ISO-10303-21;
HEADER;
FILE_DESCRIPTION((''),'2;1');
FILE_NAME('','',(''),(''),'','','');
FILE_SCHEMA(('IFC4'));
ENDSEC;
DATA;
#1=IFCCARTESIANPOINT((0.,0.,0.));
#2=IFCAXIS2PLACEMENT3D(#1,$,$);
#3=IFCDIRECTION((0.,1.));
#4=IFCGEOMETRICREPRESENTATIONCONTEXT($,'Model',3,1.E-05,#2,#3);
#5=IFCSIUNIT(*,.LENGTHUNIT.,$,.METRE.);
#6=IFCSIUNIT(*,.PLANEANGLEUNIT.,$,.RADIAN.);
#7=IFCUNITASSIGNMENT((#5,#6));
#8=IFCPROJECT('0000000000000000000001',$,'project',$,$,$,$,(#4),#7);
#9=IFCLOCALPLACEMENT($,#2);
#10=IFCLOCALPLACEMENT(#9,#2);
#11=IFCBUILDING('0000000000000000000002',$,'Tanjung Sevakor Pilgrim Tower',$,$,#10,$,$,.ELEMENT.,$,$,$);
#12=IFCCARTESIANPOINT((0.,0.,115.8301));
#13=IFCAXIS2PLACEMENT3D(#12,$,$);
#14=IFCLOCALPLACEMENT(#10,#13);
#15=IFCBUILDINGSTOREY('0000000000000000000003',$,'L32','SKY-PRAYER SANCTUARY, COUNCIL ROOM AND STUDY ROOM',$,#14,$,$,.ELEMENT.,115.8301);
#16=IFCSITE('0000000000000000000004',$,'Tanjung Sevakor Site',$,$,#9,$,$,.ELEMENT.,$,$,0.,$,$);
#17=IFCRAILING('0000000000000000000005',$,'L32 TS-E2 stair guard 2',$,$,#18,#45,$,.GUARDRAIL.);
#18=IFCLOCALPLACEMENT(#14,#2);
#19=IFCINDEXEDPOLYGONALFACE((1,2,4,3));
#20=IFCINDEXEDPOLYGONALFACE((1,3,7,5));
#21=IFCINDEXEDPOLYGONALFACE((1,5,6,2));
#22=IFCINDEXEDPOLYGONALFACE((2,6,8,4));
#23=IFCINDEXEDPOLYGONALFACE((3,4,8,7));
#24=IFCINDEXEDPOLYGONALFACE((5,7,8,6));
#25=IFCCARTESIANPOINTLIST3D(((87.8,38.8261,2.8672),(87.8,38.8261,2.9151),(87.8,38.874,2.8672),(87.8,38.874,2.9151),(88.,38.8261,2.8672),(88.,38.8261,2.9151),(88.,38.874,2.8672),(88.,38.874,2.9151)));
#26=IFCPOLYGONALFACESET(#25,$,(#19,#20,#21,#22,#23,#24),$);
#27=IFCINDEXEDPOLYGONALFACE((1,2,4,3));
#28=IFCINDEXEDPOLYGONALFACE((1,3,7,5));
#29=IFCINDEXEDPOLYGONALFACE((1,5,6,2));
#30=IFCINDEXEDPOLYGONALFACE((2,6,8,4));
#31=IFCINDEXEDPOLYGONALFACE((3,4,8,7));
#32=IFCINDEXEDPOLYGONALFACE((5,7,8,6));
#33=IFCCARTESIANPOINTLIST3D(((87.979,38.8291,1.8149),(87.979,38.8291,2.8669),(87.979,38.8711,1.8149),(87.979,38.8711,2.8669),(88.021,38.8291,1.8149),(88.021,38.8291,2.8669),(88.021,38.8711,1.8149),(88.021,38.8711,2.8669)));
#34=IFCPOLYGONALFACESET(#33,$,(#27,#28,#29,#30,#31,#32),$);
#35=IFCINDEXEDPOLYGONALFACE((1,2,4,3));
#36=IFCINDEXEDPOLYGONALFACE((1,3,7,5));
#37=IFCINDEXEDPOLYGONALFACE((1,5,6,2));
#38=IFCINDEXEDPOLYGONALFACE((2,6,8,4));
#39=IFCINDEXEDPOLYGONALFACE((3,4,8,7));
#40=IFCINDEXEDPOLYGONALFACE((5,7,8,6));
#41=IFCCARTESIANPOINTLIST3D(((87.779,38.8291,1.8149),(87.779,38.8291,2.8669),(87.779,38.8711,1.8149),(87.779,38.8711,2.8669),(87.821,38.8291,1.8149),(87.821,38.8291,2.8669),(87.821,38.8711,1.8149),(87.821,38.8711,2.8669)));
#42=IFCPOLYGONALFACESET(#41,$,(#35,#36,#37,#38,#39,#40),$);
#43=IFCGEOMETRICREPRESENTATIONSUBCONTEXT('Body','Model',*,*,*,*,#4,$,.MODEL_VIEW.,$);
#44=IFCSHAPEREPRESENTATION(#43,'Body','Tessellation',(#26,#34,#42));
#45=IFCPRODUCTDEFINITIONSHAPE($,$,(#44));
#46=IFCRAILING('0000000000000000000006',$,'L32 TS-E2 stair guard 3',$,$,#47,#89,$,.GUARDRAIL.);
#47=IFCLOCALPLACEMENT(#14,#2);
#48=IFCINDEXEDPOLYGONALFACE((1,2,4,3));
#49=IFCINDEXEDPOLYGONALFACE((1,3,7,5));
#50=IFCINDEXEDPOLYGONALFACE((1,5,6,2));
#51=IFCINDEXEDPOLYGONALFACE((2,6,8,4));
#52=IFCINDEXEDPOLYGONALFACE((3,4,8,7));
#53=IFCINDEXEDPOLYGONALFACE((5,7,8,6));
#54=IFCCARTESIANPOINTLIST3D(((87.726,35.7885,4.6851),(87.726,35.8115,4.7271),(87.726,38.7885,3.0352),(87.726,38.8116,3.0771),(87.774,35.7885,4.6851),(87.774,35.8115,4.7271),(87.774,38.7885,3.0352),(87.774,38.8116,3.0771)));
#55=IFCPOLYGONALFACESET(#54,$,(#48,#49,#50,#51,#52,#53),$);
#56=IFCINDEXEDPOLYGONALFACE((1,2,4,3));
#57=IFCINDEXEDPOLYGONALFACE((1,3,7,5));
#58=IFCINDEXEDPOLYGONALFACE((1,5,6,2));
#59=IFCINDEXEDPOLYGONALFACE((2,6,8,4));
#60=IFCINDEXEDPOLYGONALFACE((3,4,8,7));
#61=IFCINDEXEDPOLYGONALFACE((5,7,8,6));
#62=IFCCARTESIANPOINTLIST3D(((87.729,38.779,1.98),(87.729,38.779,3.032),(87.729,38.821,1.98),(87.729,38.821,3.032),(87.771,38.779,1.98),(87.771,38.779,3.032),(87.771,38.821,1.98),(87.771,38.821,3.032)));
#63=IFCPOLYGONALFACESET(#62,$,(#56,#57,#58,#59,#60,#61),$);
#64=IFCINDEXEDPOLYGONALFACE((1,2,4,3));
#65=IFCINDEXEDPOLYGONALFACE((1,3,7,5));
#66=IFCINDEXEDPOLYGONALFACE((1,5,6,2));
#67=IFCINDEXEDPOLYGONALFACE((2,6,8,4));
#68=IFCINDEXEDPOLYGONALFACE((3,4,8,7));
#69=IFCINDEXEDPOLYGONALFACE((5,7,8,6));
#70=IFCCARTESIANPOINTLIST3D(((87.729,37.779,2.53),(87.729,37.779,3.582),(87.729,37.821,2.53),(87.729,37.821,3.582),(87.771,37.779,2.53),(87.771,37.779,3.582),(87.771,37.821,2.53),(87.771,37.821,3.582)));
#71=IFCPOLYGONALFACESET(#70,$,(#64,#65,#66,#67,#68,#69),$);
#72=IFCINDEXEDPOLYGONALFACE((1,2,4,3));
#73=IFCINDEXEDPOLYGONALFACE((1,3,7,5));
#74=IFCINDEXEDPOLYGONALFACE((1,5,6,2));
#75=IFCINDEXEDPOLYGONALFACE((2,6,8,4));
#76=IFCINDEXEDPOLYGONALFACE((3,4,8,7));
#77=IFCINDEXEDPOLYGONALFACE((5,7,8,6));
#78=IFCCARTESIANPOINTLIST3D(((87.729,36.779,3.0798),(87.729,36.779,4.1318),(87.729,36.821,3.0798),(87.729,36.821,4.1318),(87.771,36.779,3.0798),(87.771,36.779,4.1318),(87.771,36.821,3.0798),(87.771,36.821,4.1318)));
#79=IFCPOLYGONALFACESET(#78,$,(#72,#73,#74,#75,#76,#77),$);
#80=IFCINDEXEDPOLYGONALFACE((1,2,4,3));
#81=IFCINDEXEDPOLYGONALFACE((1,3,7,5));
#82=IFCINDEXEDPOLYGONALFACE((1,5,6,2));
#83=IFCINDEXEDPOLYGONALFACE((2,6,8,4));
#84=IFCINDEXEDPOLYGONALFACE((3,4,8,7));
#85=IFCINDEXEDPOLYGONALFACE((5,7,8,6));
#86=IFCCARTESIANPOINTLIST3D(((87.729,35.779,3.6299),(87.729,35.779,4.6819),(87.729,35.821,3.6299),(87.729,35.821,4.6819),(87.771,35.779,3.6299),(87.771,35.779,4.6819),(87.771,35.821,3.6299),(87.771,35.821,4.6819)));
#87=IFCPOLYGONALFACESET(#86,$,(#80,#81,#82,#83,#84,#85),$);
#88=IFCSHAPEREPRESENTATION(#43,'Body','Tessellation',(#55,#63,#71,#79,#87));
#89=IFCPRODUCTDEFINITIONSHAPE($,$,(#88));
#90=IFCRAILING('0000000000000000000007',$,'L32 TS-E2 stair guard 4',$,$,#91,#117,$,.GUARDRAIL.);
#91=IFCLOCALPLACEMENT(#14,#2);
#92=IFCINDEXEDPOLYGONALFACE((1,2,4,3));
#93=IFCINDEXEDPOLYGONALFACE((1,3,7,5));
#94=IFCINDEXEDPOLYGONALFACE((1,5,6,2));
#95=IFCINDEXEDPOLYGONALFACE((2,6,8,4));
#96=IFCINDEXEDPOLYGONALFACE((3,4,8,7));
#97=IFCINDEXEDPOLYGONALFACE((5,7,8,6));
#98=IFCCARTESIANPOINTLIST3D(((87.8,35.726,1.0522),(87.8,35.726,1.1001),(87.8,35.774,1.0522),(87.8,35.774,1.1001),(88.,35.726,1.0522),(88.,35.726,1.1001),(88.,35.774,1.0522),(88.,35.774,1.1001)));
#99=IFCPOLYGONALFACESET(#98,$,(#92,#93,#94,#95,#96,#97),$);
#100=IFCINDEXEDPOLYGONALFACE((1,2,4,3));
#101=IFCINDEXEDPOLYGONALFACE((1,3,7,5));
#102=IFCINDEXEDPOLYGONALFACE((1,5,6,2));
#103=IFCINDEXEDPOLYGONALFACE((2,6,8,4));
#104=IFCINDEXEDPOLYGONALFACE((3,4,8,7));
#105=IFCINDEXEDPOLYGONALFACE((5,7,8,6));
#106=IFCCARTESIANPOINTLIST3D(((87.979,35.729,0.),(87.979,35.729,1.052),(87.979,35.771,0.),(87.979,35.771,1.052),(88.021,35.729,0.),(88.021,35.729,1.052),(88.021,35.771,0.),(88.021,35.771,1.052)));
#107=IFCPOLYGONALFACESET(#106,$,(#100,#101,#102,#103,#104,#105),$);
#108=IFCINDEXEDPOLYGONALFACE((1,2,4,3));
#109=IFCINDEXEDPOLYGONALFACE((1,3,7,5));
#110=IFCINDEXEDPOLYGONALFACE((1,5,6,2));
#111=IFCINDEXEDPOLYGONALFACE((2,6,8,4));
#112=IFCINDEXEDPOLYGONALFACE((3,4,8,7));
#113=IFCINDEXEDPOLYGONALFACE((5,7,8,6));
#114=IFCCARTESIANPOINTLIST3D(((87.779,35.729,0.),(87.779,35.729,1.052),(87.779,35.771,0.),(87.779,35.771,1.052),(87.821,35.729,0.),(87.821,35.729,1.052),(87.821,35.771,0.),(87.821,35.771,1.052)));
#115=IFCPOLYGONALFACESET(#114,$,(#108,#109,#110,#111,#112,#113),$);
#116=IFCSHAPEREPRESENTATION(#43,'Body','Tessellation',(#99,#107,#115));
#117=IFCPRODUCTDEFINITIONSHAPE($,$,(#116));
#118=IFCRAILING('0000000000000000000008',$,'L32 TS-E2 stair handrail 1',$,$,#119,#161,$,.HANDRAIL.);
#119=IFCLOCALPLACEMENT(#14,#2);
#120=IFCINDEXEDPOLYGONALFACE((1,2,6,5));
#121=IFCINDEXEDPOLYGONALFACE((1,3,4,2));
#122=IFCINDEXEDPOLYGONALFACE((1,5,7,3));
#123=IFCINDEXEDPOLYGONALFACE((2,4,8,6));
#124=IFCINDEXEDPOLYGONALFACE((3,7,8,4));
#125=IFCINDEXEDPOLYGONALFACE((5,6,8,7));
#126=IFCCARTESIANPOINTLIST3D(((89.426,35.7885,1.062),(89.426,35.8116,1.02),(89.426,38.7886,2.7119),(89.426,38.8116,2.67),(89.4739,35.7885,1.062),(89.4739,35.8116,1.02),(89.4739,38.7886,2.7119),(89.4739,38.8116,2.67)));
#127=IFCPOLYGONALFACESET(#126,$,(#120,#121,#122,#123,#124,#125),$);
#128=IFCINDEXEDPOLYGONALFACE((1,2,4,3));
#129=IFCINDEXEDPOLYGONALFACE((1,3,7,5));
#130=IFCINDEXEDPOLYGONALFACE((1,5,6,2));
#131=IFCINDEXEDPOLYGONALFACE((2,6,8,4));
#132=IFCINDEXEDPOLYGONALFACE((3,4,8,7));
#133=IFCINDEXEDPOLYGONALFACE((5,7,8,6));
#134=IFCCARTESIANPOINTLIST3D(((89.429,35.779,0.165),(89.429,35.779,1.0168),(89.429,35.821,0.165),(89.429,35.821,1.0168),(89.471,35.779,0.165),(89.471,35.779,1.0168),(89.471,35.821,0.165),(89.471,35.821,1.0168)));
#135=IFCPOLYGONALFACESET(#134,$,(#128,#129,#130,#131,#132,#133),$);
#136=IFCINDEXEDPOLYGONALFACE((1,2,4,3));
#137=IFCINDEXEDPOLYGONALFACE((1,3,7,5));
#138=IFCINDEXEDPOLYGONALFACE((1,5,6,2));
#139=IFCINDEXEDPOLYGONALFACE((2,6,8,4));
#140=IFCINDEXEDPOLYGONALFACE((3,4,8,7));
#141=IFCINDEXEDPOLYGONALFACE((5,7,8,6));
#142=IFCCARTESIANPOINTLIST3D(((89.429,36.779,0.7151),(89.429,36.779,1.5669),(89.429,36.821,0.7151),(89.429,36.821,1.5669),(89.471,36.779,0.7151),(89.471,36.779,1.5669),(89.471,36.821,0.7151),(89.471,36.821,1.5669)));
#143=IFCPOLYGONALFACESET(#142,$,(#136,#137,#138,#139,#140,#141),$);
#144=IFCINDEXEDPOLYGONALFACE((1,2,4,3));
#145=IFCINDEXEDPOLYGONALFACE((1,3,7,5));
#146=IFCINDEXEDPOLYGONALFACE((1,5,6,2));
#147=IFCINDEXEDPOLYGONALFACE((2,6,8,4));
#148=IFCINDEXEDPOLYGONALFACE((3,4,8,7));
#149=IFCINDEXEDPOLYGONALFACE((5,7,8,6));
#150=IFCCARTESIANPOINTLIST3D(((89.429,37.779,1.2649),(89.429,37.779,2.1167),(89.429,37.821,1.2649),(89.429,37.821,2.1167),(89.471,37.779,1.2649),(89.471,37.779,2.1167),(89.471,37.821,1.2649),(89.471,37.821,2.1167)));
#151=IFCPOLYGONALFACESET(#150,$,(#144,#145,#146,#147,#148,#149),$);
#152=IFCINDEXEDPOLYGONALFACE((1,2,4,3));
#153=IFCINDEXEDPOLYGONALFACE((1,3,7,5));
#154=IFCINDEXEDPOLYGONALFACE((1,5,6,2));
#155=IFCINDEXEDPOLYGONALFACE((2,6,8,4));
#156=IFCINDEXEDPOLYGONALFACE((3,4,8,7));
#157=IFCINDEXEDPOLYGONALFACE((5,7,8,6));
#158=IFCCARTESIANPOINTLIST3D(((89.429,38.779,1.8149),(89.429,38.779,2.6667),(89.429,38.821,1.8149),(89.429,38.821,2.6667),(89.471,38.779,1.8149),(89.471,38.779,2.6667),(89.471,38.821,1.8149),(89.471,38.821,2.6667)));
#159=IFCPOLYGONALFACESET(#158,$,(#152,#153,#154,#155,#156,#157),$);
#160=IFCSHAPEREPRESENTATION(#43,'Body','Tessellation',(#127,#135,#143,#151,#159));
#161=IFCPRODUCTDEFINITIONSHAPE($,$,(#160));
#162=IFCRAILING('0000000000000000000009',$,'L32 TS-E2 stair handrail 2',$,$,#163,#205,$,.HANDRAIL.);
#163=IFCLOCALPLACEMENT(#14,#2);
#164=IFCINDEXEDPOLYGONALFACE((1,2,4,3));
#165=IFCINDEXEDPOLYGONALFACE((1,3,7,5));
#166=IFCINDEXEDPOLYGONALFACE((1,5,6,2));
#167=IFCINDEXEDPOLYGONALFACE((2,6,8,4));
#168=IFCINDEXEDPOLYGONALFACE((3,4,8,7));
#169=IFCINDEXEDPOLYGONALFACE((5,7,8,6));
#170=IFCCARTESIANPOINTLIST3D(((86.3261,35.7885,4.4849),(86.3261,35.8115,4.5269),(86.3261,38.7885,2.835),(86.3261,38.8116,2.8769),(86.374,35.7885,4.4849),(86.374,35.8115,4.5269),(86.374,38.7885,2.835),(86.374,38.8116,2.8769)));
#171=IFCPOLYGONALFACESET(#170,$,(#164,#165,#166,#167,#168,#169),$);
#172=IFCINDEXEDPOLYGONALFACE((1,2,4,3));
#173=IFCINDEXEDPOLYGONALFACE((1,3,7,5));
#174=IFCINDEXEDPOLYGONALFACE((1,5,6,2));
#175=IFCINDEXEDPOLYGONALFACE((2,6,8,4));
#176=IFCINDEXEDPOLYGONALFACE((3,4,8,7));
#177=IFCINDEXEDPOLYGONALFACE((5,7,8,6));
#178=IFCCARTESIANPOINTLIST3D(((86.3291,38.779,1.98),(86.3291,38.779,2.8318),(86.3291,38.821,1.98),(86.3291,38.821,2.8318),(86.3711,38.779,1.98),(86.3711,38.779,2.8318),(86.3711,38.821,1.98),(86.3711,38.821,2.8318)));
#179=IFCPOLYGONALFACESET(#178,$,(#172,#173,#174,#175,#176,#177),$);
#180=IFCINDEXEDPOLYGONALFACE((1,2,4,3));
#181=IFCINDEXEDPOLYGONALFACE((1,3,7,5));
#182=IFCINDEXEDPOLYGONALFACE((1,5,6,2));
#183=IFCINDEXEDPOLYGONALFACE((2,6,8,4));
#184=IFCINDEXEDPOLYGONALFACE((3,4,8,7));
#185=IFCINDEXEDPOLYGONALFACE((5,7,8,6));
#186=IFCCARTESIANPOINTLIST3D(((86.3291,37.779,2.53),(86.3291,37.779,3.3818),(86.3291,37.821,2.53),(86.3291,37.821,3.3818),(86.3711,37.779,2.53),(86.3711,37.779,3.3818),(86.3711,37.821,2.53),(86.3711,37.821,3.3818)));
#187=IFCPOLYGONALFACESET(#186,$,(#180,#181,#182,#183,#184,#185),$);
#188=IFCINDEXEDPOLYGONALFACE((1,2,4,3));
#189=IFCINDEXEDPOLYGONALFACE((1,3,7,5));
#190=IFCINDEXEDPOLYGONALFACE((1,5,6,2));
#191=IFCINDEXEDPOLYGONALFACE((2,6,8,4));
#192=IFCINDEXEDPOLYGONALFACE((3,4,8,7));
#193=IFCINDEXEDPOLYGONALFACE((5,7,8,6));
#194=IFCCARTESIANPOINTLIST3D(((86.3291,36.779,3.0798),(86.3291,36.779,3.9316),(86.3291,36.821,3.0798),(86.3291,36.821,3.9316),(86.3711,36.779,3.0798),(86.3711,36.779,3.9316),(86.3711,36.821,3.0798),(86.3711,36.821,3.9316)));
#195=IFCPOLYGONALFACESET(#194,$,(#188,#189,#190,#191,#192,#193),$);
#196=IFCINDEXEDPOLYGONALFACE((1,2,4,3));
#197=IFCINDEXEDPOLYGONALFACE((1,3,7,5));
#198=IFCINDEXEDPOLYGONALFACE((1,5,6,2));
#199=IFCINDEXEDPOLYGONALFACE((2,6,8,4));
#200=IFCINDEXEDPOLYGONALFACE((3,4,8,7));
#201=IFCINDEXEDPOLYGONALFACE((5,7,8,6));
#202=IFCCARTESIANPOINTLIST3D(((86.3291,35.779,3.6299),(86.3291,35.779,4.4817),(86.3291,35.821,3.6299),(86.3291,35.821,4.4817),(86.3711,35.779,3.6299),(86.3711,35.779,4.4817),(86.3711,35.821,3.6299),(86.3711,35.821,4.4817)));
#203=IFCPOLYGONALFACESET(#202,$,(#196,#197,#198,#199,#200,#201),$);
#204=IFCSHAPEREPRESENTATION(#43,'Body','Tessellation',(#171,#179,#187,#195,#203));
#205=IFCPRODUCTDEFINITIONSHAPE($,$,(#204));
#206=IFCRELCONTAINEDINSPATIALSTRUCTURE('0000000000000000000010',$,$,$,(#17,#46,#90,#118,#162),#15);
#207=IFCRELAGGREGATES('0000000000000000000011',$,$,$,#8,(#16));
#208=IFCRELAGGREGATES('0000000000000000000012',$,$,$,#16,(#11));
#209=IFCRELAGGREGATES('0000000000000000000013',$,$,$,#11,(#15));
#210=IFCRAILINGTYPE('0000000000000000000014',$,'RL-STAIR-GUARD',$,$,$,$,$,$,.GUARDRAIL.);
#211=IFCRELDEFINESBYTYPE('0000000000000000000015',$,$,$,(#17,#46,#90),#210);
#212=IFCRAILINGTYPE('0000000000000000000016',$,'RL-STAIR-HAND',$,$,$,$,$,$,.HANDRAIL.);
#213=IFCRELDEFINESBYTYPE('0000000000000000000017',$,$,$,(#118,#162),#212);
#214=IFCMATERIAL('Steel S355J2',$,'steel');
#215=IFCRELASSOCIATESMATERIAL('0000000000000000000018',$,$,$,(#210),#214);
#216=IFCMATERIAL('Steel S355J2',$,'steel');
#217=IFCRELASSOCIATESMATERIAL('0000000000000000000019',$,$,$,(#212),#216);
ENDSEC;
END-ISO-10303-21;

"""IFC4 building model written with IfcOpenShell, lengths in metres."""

from ifc_helpers import new_model, si_unit, direction, frame, origin, place, context, subcontext, project, spatial, rectangle, extrude, material, type_object, element, save


model = new_model("IFC4")

# Units and contexts
model_context = context("Model", 3, precision=1e-05, world=origin(), true_north=direction((0.0, 1.0)))
body_context = subcontext(model_context, "Body", "Model", "MODEL_VIEW")
ifc_project = project(units=[si_unit("LENGTHUNIT", "METRE"), si_unit("PLANEANGLEUNIT", "RADIAN")], contexts=[model_context])

# Site, building, storey
site_placement = place(None, origin())
site = spatial("IfcSite", under=ifc_project, at=site_placement, Name="Tanjung Sevakor Site", CompositionType="ELEMENT", RefElevation=0.0)
building_placement = place(site_placement, origin())
building = spatial("IfcBuilding", under=site, at=building_placement, Name="Tanjung Sevakor Pilgrim Tower", CompositionType="ELEMENT")
storey_placement = place(building_placement, frame((0.0, 0.0, 115.8301)))
storey = spatial("IfcBuildingStorey", under=building, at=storey_placement, Name="L32", Description="SKY-PRAYER SANCTUARY, COUNCIL ROOM AND STUDY ROOM", CompositionType="ELEMENT", Elevation=115.8301)

# Railings
ifc_material_1 = material(Name="Steel S355J2", Category="steel")
railing_type_1 = type_object("IfcRailingType", Name="RL-STAIR-GUARD", PredefinedType="GUARDRAIL", material=ifc_material_1)
railing_1_placement = place(storey_placement, frame((88.0, 38.8501, 1.8149)))
element("IfcRailing", 1, at=railing_1_placement, inside=storey, type_object=railing_type_1, Name="L32 TS-E2 stair guard 2", PredefinedType="GUARDRAIL", context=body_context, shape_type="SweptSolid", body=[
    extrude(rectangle(XDim=0.0479, YDim=0.0479), frame((0.0, 0.0, 1.0762), z_axis=(-1.0, 0.0, 0.0), x_axis=(0.0, -1.0, 0.0)), (0.0, 0.0, 1.0), 0.2),
    extrude(rectangle(XDim=0.042, YDim=0.042), origin(), (0.0, 0.0, 1.0), 1.052),
    extrude(rectangle(XDim=0.042, YDim=0.042), frame((-0.2, 0.0, 0.0)), (0.0, 0.0, 1.0), 1.052),
])
railing_2_placement = place(storey_placement, frame((87.75, 38.8, 1.98)))
element("IfcRailing", 2, at=railing_2_placement, inside=storey, type_object=railing_type_1, Name="L32 TS-E2 stair guard 3", PredefinedType="GUARDRAIL", context=body_context, shape_type="SweptSolid", body=[
    extrude(rectangle(XDim=0.0479, YDim=0.0479), frame((0.0, 0.0, 1.0762), z_axis=(0.0, -0.876228, 0.481897), x_axis=(1.0, 0.0, 0.0)), (0.0, 0.0, 1.0), 3.4238),
    extrude(rectangle(XDim=0.042, YDim=0.042), origin(), (0.0, 0.0, 1.0), 1.052),
    extrude(rectangle(XDim=0.042, YDim=0.042), frame((0.0, -1.0, 0.55)), (0.0, 0.0, 1.0), 1.052),
    extrude(rectangle(XDim=0.042, YDim=0.042), frame((0.0, -2.0, 1.0999)), (0.0, 0.0, 1.0), 1.052),
    extrude(rectangle(XDim=0.042, YDim=0.042), frame((0.0, -3.0, 1.6499)), (0.0, 0.0, 1.0), 1.052),
])
railing_3_placement = place(storey_placement, frame((88.0, 35.75, 0.0)))
element("IfcRailing", 3, at=railing_3_placement, inside=storey, type_object=railing_type_1, Name="L32 TS-E2 stair guard 4", PredefinedType="GUARDRAIL", context=body_context, shape_type="SweptSolid", body=[
    extrude(rectangle(XDim=0.0479, YDim=0.0479), frame((0.0, 0.0, 1.0762), z_axis=(-1.0, 0.0, 0.0), x_axis=(0.0, -1.0, 0.0)), (0.0, 0.0, 1.0), 0.2),
    extrude(rectangle(XDim=0.042, YDim=0.042), origin(), (0.0, 0.0, 1.0), 1.052),
    extrude(rectangle(XDim=0.042, YDim=0.042), frame((-0.2, 0.0, 0.0)), (0.0, 0.0, 1.0), 1.052),
])
ifc_material_2 = material(Name="Steel S355J2", Category="steel")
railing_type_2 = type_object("IfcRailingType", Name="RL-STAIR-HAND", PredefinedType="HANDRAIL", material=ifc_material_2)
railing_4_placement = place(storey_placement, frame((89.45, 35.8, 0.165)))
element("IfcRailing", 4, at=railing_4_placement, inside=storey, type_object=railing_type_2, Name="L32 TS-E2 stair handrail 1", PredefinedType="HANDRAIL", context=body_context, shape_type="SweptSolid", body=[
    extrude(rectangle(XDim=0.0479, YDim=0.0479), frame((0.0, 0.0, 0.876), z_axis=(0.0, 0.876228, 0.481897), x_axis=(-1.0, 0.0, 0.0)), (0.0, 0.0, 1.0), 3.4238),
    extrude(rectangle(XDim=0.042, YDim=0.042), origin(), (0.0, 0.0, 1.0), 0.8518),
    extrude(rectangle(XDim=0.042, YDim=0.042), frame((0.0, 1.0, 0.55)), (0.0, 0.0, 1.0), 0.8518),
    extrude(rectangle(XDim=0.042, YDim=0.042), frame((0.0, 2.0, 1.0999)), (0.0, 0.0, 1.0), 0.8518),
    extrude(rectangle(XDim=0.042, YDim=0.042), frame((0.0, 3.0, 1.6499)), (0.0, 0.0, 1.0), 0.8518),
])
railing_5_placement = place(storey_placement, frame((86.3501, 38.8, 1.98)))
element("IfcRailing", 5, at=railing_5_placement, inside=storey, type_object=railing_type_2, Name="L32 TS-E2 stair handrail 2", PredefinedType="HANDRAIL", context=body_context, shape_type="SweptSolid", body=[
    extrude(rectangle(XDim=0.0479, YDim=0.0479), frame((0.0, 0.0, 0.876), z_axis=(0.0, -0.876228, 0.481897), x_axis=(1.0, 0.0, 0.0)), (0.0, 0.0, 1.0), 3.4238),
    extrude(rectangle(XDim=0.042, YDim=0.042), origin(), (0.0, 0.0, 1.0), 0.8518),
    extrude(rectangle(XDim=0.042, YDim=0.042), frame((0.0, -1.0, 0.55)), (0.0, 0.0, 1.0), 0.8518),
    extrude(rectangle(XDim=0.042, YDim=0.042), frame((0.0, -2.0, 1.0999)), (0.0, 0.0, 1.0), 0.8518),
    extrude(rectangle(XDim=0.042, YDim=0.042), frame((0.0, -3.0, 1.6499)), (0.0, 0.0, 1.0), 0.8518),
])

save(model, "model.ifc")
